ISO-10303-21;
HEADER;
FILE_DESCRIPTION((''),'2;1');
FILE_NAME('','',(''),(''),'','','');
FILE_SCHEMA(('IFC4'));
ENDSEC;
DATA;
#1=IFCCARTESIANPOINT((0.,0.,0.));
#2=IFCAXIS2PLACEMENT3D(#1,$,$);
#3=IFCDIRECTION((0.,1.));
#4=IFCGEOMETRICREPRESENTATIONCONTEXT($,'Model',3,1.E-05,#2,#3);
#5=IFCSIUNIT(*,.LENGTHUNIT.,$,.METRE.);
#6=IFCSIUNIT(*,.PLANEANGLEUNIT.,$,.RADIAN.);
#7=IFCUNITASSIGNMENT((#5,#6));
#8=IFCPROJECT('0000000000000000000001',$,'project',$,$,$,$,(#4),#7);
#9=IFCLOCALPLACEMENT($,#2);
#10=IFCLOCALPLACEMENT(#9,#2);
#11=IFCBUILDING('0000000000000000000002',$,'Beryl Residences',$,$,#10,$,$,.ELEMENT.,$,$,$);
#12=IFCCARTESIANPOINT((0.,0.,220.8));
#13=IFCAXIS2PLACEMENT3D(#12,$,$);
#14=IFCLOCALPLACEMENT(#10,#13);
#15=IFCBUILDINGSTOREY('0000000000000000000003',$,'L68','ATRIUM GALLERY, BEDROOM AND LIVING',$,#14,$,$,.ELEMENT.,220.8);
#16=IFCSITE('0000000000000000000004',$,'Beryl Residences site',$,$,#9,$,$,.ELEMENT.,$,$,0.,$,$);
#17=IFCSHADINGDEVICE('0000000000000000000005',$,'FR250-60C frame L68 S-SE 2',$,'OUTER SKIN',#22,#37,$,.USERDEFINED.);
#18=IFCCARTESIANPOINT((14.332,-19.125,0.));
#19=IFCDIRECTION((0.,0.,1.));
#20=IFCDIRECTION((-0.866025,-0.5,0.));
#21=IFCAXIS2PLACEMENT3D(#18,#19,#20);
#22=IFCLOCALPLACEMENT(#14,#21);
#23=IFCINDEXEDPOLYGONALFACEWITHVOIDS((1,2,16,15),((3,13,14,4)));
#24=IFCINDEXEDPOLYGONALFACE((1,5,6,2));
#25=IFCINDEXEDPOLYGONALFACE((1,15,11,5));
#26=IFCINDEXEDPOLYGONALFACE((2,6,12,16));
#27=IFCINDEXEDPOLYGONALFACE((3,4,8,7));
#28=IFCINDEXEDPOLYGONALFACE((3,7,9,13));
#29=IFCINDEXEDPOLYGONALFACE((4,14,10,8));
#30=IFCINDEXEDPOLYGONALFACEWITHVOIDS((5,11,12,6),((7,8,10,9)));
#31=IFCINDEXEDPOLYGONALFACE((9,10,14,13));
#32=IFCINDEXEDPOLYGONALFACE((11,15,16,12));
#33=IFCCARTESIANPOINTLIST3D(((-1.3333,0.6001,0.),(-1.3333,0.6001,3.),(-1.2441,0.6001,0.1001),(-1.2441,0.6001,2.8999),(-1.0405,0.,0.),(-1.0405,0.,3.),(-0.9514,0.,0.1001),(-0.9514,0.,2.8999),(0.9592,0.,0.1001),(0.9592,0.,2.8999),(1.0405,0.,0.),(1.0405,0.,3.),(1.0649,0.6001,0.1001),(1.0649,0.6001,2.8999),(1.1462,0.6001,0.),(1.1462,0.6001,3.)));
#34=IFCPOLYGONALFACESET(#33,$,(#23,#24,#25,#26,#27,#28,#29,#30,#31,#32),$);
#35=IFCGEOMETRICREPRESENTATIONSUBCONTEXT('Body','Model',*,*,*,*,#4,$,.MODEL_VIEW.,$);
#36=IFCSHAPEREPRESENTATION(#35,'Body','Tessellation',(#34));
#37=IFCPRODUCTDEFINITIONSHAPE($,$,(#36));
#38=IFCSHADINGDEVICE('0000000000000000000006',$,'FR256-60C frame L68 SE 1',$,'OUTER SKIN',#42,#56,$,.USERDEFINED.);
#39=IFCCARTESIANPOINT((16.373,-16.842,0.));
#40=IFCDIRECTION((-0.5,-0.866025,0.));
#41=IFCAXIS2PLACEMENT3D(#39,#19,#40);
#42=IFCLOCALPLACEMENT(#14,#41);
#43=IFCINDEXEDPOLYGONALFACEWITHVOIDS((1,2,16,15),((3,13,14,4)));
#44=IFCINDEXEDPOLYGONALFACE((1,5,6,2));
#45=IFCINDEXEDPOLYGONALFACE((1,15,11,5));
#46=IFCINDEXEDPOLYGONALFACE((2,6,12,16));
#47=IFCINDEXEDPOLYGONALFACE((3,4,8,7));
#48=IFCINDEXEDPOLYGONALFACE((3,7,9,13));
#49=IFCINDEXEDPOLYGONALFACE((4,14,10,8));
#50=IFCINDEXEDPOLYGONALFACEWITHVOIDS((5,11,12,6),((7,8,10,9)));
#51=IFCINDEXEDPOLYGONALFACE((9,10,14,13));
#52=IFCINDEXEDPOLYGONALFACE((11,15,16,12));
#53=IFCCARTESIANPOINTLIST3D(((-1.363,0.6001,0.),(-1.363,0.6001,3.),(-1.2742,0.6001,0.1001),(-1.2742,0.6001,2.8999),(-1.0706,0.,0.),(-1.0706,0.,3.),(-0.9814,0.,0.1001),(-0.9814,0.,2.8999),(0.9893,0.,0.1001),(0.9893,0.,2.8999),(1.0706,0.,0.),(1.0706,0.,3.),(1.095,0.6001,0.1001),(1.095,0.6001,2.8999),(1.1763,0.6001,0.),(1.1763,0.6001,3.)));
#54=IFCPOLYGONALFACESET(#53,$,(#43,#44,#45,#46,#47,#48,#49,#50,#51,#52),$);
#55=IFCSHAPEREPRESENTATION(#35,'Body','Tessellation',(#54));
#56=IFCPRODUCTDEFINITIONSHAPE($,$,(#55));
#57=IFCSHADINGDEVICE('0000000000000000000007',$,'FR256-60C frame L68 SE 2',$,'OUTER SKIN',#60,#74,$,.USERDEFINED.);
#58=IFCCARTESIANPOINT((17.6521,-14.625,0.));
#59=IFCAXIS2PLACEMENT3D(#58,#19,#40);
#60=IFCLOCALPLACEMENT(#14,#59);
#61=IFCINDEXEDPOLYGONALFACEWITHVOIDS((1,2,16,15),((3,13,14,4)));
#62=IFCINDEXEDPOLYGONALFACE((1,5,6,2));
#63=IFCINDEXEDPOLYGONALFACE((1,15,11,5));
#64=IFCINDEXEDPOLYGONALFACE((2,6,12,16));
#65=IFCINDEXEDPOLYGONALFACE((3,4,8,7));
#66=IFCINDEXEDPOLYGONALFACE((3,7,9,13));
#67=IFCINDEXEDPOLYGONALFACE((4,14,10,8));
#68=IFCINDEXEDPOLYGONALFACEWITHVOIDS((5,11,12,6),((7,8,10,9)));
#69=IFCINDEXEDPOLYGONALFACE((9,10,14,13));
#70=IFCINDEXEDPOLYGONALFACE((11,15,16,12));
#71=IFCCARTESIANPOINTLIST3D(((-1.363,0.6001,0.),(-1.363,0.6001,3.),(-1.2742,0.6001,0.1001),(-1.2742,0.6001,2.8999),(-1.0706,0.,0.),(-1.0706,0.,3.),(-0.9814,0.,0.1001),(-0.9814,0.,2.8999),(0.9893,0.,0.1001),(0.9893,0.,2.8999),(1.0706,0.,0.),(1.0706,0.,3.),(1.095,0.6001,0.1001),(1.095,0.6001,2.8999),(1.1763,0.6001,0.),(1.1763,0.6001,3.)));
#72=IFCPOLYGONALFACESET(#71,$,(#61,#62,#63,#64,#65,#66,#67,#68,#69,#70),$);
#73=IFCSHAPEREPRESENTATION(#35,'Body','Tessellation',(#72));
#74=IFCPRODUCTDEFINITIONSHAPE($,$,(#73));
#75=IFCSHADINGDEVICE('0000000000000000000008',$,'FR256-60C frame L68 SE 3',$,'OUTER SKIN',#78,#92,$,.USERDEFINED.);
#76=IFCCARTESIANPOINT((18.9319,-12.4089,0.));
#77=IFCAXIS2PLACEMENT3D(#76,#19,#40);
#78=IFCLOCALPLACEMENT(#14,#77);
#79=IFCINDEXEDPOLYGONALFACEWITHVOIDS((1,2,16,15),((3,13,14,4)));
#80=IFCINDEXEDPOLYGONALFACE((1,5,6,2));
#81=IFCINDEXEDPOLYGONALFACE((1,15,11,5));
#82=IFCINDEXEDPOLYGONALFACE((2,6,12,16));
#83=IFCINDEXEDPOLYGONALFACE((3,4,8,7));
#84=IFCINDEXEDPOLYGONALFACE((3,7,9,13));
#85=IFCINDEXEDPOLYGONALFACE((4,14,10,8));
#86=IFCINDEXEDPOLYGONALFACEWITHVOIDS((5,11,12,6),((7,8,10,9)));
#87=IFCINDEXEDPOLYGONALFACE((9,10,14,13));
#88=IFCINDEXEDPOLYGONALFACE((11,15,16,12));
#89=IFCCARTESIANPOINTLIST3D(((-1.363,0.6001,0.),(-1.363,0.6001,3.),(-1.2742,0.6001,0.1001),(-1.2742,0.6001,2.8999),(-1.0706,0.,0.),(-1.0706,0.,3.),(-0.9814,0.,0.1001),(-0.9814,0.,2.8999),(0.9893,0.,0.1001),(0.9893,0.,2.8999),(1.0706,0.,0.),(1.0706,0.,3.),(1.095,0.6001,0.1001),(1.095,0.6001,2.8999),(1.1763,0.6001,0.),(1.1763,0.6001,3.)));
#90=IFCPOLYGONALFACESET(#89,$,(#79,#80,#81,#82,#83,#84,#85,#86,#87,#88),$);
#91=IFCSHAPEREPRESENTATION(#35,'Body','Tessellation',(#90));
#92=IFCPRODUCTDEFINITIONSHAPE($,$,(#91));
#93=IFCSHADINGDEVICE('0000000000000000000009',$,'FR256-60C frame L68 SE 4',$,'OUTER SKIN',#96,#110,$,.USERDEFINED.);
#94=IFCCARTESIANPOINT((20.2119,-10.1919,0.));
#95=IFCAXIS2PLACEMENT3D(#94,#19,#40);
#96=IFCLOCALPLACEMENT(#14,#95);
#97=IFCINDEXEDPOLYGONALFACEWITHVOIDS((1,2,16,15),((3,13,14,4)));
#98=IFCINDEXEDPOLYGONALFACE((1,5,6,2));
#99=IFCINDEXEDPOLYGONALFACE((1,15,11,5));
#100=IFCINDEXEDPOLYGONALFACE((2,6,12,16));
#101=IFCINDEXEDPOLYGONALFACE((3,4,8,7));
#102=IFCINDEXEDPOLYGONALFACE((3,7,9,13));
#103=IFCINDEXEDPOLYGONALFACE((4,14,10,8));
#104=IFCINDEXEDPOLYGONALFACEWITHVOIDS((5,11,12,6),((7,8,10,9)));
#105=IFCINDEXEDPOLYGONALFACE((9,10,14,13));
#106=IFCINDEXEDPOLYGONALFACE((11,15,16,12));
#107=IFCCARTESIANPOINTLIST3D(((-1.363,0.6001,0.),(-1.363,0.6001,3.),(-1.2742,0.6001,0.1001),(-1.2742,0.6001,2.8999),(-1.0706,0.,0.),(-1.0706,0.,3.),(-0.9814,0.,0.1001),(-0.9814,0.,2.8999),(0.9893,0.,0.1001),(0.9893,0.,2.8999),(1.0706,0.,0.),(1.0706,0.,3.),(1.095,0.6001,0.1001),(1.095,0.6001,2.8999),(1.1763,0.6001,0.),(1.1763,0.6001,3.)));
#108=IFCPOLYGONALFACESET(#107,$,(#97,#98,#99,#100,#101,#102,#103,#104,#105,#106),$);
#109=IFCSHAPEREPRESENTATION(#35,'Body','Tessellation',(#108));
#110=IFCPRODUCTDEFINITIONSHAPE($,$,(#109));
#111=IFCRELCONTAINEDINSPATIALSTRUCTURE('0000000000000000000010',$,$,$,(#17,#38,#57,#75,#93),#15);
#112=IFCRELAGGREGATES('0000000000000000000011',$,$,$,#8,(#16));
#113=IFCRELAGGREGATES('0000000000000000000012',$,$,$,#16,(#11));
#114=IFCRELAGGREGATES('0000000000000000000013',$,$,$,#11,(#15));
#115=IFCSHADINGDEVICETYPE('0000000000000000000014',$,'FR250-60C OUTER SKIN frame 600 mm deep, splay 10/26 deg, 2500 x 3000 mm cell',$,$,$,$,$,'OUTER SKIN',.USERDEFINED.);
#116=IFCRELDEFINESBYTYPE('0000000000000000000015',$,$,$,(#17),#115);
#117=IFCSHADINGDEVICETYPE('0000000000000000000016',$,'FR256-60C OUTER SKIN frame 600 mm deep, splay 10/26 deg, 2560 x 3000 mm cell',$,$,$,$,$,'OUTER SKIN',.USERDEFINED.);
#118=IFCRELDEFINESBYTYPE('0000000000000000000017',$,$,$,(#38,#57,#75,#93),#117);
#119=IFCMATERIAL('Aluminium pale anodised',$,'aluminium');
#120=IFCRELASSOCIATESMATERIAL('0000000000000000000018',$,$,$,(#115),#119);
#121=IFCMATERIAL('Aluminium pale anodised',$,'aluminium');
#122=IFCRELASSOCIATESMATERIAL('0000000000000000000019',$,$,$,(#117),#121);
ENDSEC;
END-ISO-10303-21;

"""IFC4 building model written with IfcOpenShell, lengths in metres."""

from ifc_helpers import new_model, entity, si_unit, direction, frame, origin, place, context, subcontext, project, spatial, source, transform, mapped, material, type_object, type_shapes, element, save


model = new_model("IFC4")

# Units and contexts
model_context = context("Model", 3, precision=1e-05, world=origin(), true_north=direction((0.0, 1.0)))
body_context = subcontext(model_context, "Body", "Model", "MODEL_VIEW")
ifc_project = project(units=[si_unit("LENGTHUNIT", "METRE"), si_unit("PLANEANGLEUNIT", "RADIAN")], contexts=[model_context])

# Site, building, storey
site_placement = place(None, origin())
site = spatial("IfcSite", under=ifc_project, at=site_placement, Name="Beryl Residences site", CompositionType="ELEMENT", RefElevation=0.0)
building_placement = place(site_placement, origin())
building = spatial("IfcBuilding", under=site, at=building_placement, Name="Beryl Residences", CompositionType="ELEMENT")
storey_placement = place(building_placement, frame((0.0, 0.0, 220.8)))
storey = spatial("IfcBuildingStorey", under=building, at=storey_placement, Name="L68", Description="ATRIUM GALLERY, BEDROOM AND LIVING", CompositionType="ELEMENT", Elevation=220.8)

# Shading devices
ifc_material_1 = material(Name="Aluminium pale anodised", Category="aluminium")
shading_device_type_1 = type_object("IfcShadingDeviceType", Name="FR250-60C OUTER SKIN frame 600 mm deep, splay 10/26 deg, 2500 x 3000 mm cell", ElementType="OUTER SKIN", PredefinedType="USERDEFINED", material=ifc_material_1)
cartesian_point_1 = entity("IfcCartesianPoint", [-1.0405, 0.0])
cartesian_point_2 = entity("IfcCartesianPoint", [-0.9592, 0.1001])
cartesian_point_3 = entity("IfcCartesianPoint", [-1.1462, 0.0])
cartesian_point_4 = entity("IfcCartesianPoint", [-1.0649, 0.1001])
shared_shape_1 = source(origin(), body_context, "Body", "SweptSolid", [
    entity("IfcExtrudedAreaSolidTapered", entity("IfcArbitraryProfileDefWithVoids", "AREA", None, entity("IfcPolyline", [cartesian_point_1, entity("IfcCartesianPoint", [1.0405, 0.0]), entity("IfcCartesianPoint", [1.0405, 3.0]), entity("IfcCartesianPoint", [-1.0405, 3.0]), cartesian_point_1]), [entity("IfcPolyline", [cartesian_point_2, entity("IfcCartesianPoint", [0.9514, 0.1001]), entity("IfcCartesianPoint", [0.9514, 2.8999]), entity("IfcCartesianPoint", [-0.9592, 2.8999]), cartesian_point_2])]), entity("IfcAxis2Placement3D", entity("IfcCartesianPoint", [0.0, 0.0, 0.0]), entity("IfcDirection", [0.0, 1.0, 0.0]), entity("IfcDirection", [-1.0, 0.0, 0.0])), entity("IfcDirection", [0.0, 0.0, 1.0]), 0.6001, entity("IfcArbitraryProfileDefWithVoids", "AREA", None, entity("IfcPolyline", [cartesian_point_3, entity("IfcCartesianPoint", [1.3333, 0.0]), entity("IfcCartesianPoint", [1.3333, 3.0]), entity("IfcCartesianPoint", [-1.1462, 3.0]), cartesian_point_3]), [entity("IfcPolyline", [cartesian_point_4, entity("IfcCartesianPoint", [1.2441, 0.1001]), entity("IfcCartesianPoint", [1.2441, 2.8999]), entity("IfcCartesianPoint", [-1.0649, 2.8999]), cartesian_point_4])])),
])
type_shapes(shading_device_type_1, [shared_shape_1])
shading_device_placement = place(storey_placement, frame((14.332, -19.125, 0.0), z_axis=(0.0, 0.0, 1.0), x_axis=(-0.866025, -0.5, 0.0)))
element("IfcShadingDevice", 1, at=shading_device_placement, inside=storey, type_object=shading_device_type_1, Name="FR250-60C frame L68 S-SE 2", ObjectType="OUTER SKIN", PredefinedType="USERDEFINED", context=body_context, shape_type="MappedRepresentation", body=[
    mapped(shared_shape_1, transform((0.0, 0.0, 0.0))),
])
ifc_material_2 = material(Name="Aluminium pale anodised", Category="aluminium")
shading_device_type_2 = type_object("IfcShadingDeviceType", Name="FR256-60C OUTER SKIN frame 600 mm deep, splay 10/26 deg, 2560 x 3000 mm cell", ElementType="OUTER SKIN", PredefinedType="USERDEFINED", material=ifc_material_2)
cartesian_point_5 = entity("IfcCartesianPoint", [-1.0706, 0.0])
cartesian_point_6 = entity("IfcCartesianPoint", [-0.9893, 0.1001])
cartesian_point_7 = entity("IfcCartesianPoint", [-1.1763, 0.0])
cartesian_point_8 = entity("IfcCartesianPoint", [-1.095, 0.1001])
shared_shape_2 = source(origin(), body_context, "Body", "SweptSolid", [
    entity("IfcExtrudedAreaSolidTapered", entity("IfcArbitraryProfileDefWithVoids", "AREA", None, entity("IfcPolyline", [cartesian_point_5, entity("IfcCartesianPoint", [1.0706, 0.0]), entity("IfcCartesianPoint", [1.0706, 3.0]), entity("IfcCartesianPoint", [-1.0706, 3.0]), cartesian_point_5]), [entity("IfcPolyline", [cartesian_point_6, entity("IfcCartesianPoint", [0.9814, 0.1001]), entity("IfcCartesianPoint", [0.9814, 2.8999]), entity("IfcCartesianPoint", [-0.9893, 2.8999]), cartesian_point_6])]), entity("IfcAxis2Placement3D", entity("IfcCartesianPoint", [0.0, 0.0, 0.0]), entity("IfcDirection", [0.0, 1.0, 0.0]), entity("IfcDirection", [-1.0, 0.0, 0.0])), entity("IfcDirection", [0.0, 0.0, 1.0]), 0.6001, entity("IfcArbitraryProfileDefWithVoids", "AREA", None, entity("IfcPolyline", [cartesian_point_7, entity("IfcCartesianPoint", [1.363, 0.0]), entity("IfcCartesianPoint", [1.363, 3.0]), entity("IfcCartesianPoint", [-1.1763, 3.0]), cartesian_point_7]), [entity("IfcPolyline", [cartesian_point_8, entity("IfcCartesianPoint", [1.2742, 0.1001]), entity("IfcCartesianPoint", [1.2742, 2.8999]), entity("IfcCartesianPoint", [-1.095, 2.8999]), cartesian_point_8])])),
])
type_shapes(shading_device_type_2, [shared_shape_2])
for number, where, z_axis, x_axis, name in (
    (2, (16.373, -16.842, 0.0), (0.0, 0.0, 1.0), (-0.5, -0.866025, 0.0), "FR256-60C frame L68 SE 1"),
    (3, (17.6521, -14.625, 0.0), (0.0, 0.0, 1.0), (-0.5, -0.866025, 0.0), "FR256-60C frame L68 SE 2"),
    (4, (18.9319, -12.4089, 0.0), (0.0, 0.0, 1.0), (-0.5, -0.866025, 0.0), "FR256-60C frame L68 SE 3"),
    (5, (20.2119, -10.1919, 0.0), (0.0, 0.0, 1.0), (-0.5, -0.866025, 0.0), "FR256-60C frame L68 SE 4"),
):
    element("IfcShadingDevice", number, at=place(storey_placement, frame(where, z_axis=z_axis, x_axis=x_axis)), inside=storey, type_object=shading_device_type_2, Name=name, ObjectType="OUTER SKIN", PredefinedType="USERDEFINED", context=body_context, shape_type="MappedRepresentation", body=[
        mapped(shared_shape_2, transform((0.0, 0.0, 0.0))),
    ])

save(model, "model.ifc")
